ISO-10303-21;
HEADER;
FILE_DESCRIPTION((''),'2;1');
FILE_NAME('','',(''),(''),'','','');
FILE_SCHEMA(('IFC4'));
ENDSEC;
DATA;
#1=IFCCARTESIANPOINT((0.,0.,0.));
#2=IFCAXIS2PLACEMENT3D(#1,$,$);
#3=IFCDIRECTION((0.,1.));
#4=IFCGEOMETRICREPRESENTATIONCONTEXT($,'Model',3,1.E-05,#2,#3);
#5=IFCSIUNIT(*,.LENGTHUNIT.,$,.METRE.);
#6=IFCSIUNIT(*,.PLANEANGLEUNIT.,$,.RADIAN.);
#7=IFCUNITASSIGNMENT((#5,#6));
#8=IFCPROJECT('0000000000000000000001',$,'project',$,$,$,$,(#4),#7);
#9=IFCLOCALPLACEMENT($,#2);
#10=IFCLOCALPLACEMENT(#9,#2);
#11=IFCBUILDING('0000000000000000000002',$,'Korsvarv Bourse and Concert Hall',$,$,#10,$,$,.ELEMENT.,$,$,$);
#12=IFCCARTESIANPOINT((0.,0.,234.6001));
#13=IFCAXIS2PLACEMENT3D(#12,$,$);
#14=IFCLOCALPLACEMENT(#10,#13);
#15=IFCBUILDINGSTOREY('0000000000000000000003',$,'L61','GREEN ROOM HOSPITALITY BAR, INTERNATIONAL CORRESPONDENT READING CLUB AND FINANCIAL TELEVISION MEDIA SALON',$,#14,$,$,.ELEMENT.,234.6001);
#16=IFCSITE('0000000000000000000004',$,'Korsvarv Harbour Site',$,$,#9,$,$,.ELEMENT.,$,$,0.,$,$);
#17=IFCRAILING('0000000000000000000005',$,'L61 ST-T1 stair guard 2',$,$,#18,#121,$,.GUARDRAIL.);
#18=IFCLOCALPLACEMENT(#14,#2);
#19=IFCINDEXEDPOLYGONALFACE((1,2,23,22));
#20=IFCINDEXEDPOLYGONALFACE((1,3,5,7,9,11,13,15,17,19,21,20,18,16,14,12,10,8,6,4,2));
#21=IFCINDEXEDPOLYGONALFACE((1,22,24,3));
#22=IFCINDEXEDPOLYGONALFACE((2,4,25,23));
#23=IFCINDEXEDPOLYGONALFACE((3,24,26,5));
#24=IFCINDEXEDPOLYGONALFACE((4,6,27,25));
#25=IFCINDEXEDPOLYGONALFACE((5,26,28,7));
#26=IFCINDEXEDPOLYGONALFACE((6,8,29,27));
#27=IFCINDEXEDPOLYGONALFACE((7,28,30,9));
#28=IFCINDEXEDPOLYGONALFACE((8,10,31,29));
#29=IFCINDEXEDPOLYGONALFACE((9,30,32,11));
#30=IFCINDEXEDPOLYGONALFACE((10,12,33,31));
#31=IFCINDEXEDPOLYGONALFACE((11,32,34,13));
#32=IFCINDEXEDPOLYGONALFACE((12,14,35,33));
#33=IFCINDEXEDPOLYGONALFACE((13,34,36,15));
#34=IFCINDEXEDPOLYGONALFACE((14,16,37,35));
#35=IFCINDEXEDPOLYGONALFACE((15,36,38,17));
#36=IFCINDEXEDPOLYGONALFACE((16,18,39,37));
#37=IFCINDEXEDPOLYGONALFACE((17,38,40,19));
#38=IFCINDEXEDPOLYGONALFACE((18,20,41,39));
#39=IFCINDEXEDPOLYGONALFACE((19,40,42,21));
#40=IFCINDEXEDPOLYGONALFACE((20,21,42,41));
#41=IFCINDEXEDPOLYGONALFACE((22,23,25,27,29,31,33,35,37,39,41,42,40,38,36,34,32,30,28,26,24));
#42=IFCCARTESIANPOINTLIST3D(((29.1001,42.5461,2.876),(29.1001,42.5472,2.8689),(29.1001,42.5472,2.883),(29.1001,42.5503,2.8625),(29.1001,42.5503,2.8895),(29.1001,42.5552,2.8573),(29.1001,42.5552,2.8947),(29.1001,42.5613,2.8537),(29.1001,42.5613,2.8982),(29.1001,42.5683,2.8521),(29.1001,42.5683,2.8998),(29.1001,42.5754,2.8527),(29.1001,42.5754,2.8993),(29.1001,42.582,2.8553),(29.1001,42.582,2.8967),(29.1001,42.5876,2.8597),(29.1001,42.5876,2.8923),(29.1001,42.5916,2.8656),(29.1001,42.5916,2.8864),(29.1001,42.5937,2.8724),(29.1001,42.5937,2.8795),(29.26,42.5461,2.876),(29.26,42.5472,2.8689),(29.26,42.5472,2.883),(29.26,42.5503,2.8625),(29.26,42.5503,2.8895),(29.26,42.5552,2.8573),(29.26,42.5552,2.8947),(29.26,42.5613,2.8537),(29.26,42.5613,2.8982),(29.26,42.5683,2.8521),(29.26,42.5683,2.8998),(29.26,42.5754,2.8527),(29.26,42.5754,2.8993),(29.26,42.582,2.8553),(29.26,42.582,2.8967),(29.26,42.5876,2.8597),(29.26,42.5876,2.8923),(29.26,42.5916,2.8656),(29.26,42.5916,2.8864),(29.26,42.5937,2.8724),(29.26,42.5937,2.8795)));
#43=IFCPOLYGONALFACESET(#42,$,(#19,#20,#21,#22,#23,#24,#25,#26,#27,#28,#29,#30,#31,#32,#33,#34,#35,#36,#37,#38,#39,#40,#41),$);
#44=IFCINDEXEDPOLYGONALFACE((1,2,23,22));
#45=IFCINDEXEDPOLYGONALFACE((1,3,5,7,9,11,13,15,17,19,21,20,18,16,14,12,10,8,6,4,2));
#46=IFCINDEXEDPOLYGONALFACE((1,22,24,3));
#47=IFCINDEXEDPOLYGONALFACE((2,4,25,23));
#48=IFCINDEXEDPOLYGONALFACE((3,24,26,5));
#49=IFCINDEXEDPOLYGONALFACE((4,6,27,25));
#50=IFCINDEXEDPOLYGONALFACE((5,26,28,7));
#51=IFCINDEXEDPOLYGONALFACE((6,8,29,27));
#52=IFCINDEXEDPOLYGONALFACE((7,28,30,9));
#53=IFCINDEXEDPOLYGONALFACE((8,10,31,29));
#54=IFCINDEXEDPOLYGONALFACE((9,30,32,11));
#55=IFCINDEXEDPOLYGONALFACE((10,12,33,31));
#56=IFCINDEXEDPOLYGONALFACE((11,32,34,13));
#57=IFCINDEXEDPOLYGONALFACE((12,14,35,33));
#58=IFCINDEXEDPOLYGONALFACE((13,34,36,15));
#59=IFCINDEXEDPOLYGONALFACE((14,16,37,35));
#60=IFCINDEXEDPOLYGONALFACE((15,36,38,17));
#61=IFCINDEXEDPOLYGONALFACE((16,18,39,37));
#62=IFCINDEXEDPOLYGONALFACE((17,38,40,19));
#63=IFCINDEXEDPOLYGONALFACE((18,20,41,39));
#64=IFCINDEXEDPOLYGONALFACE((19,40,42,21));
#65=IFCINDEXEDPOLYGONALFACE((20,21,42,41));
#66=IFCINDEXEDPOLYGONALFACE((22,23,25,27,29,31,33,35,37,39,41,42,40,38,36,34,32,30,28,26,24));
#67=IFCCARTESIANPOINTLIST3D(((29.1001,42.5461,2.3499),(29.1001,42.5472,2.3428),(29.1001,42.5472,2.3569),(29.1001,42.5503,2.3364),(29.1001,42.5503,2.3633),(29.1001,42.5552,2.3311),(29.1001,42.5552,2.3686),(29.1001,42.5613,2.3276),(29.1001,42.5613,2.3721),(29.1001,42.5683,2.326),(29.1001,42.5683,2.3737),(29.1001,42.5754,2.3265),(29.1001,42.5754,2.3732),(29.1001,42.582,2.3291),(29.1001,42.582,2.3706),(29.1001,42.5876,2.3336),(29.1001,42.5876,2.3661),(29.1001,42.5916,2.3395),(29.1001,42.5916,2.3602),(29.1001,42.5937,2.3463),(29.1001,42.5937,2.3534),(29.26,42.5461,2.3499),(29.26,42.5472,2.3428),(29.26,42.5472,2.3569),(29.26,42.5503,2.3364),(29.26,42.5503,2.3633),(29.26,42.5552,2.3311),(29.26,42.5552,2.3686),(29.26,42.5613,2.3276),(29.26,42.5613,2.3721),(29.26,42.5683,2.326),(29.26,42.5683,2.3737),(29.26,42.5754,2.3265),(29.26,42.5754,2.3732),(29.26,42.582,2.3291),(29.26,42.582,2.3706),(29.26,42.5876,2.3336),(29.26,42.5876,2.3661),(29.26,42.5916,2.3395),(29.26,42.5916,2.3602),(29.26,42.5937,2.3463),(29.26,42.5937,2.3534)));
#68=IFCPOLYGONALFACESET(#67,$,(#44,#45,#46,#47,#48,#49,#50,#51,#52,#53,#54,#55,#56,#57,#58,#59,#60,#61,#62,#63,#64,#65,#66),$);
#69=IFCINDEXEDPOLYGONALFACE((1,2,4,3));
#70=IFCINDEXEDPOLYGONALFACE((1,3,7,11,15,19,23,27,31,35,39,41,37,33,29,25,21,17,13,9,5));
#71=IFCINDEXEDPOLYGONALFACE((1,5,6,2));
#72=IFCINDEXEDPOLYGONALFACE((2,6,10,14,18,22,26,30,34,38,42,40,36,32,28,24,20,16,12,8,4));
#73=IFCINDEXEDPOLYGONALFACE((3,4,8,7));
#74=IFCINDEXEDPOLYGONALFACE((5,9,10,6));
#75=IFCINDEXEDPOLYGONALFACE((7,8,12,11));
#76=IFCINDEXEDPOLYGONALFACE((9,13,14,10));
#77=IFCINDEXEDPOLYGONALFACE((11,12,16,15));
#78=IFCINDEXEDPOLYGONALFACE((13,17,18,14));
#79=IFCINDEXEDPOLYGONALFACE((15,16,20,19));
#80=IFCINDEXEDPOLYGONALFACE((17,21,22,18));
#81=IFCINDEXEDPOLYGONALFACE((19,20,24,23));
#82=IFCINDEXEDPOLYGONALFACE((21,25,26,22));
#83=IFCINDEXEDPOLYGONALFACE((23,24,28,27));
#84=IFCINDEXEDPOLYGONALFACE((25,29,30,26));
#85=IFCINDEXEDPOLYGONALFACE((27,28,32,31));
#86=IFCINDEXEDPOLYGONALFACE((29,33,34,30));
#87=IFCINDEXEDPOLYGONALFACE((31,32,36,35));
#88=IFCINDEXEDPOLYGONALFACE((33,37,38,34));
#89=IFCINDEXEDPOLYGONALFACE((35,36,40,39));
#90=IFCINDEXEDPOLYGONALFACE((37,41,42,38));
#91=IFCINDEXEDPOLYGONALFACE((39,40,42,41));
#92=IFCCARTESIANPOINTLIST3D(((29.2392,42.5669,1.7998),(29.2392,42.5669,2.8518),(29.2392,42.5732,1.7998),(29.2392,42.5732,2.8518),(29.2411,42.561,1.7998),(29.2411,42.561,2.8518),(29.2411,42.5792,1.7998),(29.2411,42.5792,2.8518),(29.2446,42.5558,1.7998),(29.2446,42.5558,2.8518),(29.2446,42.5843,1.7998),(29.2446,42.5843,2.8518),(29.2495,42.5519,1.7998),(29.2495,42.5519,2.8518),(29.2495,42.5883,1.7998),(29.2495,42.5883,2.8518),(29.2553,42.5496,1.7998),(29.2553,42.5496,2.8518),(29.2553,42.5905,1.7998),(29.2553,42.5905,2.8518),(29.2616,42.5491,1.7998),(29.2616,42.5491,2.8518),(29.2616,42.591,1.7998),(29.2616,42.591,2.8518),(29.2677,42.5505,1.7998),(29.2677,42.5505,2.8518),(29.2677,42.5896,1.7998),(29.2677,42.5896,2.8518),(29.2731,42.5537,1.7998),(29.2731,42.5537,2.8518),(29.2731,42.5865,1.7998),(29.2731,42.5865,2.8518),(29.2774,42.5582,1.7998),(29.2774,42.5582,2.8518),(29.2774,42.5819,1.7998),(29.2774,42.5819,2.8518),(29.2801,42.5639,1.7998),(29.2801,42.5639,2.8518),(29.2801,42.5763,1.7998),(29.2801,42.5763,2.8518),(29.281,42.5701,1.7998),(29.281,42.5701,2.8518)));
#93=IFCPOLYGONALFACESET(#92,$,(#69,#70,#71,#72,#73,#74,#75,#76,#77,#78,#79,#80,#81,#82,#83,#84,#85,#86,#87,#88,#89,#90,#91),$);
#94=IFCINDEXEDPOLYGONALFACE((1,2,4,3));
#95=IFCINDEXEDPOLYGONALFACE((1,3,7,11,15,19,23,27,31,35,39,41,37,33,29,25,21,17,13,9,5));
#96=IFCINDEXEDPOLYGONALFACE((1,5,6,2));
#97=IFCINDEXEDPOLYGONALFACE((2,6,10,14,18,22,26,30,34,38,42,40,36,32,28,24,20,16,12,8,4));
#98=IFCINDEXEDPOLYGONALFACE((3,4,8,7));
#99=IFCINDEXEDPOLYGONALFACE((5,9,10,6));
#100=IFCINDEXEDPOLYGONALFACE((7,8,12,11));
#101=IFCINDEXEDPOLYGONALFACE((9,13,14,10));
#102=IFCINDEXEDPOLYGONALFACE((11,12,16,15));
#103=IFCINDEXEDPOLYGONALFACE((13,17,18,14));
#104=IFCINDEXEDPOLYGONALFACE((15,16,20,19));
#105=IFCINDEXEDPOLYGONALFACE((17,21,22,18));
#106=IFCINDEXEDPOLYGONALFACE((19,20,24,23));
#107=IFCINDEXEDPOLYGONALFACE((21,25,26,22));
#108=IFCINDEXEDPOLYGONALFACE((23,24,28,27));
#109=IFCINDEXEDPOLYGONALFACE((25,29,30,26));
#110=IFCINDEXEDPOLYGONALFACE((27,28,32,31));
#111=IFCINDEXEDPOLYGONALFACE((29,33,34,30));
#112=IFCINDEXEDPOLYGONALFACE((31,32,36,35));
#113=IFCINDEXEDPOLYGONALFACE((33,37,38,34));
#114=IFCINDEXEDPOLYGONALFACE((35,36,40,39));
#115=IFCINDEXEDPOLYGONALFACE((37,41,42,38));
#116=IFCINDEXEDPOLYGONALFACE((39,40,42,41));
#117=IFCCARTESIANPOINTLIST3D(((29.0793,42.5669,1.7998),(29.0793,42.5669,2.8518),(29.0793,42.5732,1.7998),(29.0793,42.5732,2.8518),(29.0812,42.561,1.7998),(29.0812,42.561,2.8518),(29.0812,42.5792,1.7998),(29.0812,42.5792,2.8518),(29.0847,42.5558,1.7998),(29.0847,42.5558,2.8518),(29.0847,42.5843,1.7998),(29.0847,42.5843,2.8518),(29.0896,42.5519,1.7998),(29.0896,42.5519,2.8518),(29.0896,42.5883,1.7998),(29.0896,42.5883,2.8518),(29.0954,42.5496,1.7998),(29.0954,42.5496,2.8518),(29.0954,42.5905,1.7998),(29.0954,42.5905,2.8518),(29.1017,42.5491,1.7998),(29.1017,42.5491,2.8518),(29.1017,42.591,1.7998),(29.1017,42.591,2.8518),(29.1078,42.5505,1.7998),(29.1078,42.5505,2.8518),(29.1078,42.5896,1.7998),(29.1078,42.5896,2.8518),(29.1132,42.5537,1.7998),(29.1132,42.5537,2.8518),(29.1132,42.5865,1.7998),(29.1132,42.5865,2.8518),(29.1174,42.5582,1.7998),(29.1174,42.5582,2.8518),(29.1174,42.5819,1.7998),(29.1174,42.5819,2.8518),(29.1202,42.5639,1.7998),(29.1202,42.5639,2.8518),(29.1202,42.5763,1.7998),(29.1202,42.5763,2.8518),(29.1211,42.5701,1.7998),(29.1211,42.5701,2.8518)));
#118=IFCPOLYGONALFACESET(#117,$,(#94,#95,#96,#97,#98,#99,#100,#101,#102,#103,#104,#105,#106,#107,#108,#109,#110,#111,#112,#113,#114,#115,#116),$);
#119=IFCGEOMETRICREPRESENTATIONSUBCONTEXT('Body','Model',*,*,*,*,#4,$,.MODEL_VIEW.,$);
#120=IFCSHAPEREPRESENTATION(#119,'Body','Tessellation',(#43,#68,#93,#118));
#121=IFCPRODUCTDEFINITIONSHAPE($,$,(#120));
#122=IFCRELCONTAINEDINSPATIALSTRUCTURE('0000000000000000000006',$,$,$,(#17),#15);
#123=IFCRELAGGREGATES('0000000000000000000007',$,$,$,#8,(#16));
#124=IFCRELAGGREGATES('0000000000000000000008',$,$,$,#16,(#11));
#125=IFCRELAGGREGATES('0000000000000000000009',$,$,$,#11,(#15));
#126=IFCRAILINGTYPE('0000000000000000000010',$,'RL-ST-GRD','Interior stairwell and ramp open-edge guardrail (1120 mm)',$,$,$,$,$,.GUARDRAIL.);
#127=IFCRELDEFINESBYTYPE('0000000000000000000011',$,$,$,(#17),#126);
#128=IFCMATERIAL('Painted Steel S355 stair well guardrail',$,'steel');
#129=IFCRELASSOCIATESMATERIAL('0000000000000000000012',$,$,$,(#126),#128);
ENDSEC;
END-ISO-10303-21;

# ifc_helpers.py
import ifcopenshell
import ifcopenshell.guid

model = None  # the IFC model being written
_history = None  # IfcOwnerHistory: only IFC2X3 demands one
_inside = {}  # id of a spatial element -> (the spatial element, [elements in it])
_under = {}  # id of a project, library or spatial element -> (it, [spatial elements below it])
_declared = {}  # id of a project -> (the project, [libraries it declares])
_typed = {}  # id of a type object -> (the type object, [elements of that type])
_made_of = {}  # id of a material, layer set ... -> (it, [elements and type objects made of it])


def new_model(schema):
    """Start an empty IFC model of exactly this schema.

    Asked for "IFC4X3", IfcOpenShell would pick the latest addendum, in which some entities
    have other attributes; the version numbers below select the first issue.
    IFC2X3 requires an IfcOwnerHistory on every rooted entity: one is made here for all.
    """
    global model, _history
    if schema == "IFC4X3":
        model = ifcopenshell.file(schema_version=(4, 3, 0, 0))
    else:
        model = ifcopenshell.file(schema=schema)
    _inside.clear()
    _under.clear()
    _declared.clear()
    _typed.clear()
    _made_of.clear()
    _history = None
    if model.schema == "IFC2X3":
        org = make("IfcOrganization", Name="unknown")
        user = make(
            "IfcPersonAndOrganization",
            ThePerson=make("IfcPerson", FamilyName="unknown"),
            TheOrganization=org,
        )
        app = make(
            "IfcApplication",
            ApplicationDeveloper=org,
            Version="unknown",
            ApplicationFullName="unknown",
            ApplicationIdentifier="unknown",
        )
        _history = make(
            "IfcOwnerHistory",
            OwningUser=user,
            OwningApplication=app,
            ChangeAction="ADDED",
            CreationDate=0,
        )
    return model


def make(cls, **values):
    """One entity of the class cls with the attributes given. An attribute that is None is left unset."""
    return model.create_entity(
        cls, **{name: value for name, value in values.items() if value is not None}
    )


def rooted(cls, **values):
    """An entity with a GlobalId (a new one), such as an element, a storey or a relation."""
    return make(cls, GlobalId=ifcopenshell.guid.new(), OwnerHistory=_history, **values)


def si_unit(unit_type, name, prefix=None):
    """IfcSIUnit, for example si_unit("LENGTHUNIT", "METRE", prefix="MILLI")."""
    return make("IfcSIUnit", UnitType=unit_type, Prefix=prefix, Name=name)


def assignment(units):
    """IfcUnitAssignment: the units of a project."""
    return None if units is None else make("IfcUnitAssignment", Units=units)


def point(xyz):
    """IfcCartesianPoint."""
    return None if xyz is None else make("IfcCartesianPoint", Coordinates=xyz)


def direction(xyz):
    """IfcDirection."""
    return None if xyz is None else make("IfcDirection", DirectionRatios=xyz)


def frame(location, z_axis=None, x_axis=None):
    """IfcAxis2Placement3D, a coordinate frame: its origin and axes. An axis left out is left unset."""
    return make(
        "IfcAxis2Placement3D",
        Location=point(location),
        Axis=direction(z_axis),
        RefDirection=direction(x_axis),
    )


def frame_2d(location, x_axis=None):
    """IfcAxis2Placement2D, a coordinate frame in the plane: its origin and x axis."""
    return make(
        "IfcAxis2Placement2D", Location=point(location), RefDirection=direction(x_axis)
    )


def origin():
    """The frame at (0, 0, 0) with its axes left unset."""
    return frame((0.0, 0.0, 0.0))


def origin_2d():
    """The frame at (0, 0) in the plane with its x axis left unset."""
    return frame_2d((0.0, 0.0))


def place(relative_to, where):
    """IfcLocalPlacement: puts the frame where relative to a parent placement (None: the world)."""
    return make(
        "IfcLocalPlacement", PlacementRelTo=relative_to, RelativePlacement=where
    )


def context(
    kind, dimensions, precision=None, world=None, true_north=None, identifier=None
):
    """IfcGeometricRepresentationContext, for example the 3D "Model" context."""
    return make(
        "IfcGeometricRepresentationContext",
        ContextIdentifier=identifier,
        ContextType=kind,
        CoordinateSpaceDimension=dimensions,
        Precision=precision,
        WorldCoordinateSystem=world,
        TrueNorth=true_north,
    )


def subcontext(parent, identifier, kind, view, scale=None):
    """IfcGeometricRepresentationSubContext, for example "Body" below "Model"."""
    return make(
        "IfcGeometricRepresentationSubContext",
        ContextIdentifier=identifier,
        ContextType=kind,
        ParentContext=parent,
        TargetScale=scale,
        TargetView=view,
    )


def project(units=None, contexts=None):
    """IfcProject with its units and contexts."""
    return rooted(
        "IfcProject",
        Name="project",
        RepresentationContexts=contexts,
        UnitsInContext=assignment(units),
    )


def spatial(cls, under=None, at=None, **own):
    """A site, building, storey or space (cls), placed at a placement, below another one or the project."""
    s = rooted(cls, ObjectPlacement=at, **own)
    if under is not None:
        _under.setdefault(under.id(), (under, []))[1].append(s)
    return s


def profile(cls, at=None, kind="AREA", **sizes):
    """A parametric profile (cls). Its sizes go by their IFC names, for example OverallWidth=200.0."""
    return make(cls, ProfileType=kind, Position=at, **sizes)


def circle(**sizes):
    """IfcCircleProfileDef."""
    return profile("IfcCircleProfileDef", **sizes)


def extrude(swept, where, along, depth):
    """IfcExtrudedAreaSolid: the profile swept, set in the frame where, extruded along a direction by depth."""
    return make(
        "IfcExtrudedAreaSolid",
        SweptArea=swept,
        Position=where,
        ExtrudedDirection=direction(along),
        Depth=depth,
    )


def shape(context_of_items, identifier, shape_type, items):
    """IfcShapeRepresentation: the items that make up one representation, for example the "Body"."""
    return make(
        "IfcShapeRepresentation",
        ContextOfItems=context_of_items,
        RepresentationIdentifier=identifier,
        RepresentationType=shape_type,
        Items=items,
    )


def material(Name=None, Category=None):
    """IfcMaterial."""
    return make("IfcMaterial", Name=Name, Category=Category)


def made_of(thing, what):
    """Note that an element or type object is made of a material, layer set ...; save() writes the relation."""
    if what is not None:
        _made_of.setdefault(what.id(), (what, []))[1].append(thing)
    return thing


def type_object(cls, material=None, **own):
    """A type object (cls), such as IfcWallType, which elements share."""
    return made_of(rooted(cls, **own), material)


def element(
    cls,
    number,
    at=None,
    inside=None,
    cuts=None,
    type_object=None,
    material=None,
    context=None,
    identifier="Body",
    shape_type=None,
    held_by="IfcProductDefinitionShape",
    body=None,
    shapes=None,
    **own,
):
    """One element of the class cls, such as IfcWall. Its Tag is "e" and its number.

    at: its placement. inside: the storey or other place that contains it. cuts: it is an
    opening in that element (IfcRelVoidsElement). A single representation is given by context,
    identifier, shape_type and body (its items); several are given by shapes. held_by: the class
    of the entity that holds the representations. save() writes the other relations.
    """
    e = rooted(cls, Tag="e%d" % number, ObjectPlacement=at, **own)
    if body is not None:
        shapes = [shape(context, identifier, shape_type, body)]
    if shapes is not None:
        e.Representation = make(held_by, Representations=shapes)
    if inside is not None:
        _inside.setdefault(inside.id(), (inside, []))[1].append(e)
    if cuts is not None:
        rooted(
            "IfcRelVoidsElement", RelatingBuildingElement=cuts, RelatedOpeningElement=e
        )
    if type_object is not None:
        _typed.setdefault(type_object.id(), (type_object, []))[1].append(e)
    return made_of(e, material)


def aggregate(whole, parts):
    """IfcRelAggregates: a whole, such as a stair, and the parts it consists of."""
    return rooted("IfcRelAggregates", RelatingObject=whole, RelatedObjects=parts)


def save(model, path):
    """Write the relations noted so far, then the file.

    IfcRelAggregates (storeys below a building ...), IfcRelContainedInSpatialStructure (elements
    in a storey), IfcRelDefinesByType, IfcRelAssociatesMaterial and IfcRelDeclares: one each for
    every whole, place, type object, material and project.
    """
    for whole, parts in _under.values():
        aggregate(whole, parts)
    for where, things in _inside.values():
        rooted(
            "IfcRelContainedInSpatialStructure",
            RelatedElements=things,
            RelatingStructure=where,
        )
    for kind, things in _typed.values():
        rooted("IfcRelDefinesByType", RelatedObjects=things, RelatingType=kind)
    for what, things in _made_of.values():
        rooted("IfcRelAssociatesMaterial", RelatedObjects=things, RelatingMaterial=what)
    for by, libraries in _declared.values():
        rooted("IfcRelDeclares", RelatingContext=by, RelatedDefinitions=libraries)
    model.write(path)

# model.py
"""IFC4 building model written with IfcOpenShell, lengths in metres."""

from ifc_helpers import new_model, si_unit, direction, frame, origin, origin_2d, place, context, subcontext, project, spatial, circle, extrude, material, type_object, element, save


model = new_model("IFC4")

# Units and contexts
model_context = context("Model", 3, precision=1e-05, world=origin(), true_north=direction((0.0, 1.0)))
body_context = subcontext(model_context, "Body", "Model", "MODEL_VIEW")
ifc_project = project(units=[si_unit("LENGTHUNIT", "METRE"), si_unit("PLANEANGLEUNIT", "RADIAN")], contexts=[model_context])

# Site, building, storey
site_placement = place(None, origin())
site = spatial("IfcSite", under=ifc_project, at=site_placement, Name="Korsvarv Harbour Site", CompositionType="ELEMENT", RefElevation=0.0)
building_placement = place(site_placement, origin())
building = spatial("IfcBuilding", under=site, at=building_placement, Name="Korsvarv Bourse and Concert Hall", CompositionType="ELEMENT")
storey_placement = place(building_placement, frame((0.0, 0.0, 234.6001)))
storey = spatial("IfcBuildingStorey", under=building, at=storey_placement, Name="L61", Description="GREEN ROOM HOSPITALITY BAR, INTERNATIONAL CORRESPONDENT READING CLUB AND FINANCIAL TELEVISION MEDIA SALON", CompositionType="ELEMENT", Elevation=234.6001)

# Railing
ifc_material_1 = material(Name="Painted Steel S355 stair well guardrail", Category="steel")
railing_type_1 = type_object("IfcRailingType", Name="RL-ST-GRD", Description="Interior stairwell and ramp open-edge guardrail (1120 mm)", PredefinedType="GUARDRAIL", material=ifc_material_1)
railing_1_placement = place(storey_placement, frame((29.26, 42.5701, 1.7998)))
element("IfcRailing", 1, at=railing_1_placement, inside=storey, type_object=railing_type_1, Name="L61 ST-T1 stair guard 2", PredefinedType="GUARDRAIL", context=body_context, shape_type="SweptSolid", body=[
    extrude(circle(Radius=0.0239, at=origin_2d()), frame((0.0, 0.0, 1.0762), z_axis=(-1.0, 0.0, 0.0), x_axis=(0.0, -1.0, 0.0)), (0.0, 0.0, 1.0), 0.1599),
    extrude(circle(Radius=0.0239, at=origin_2d()), frame((0.0, 0.0, 0.55), z_axis=(-1.0, 0.0, 0.0), x_axis=(0.0, -1.0, 0.0)), (0.0, 0.0, 1.0), 0.1599),
    extrude(circle(Radius=0.021, at=origin_2d()), origin(), (0.0, 0.0, 1.0), 1.052),
    extrude(circle(Radius=0.021, at=origin_2d()), frame((-0.1599, 0.0, 0.0)), (0.0, 0.0, 1.0), 1.052),
])

save(model, "model.ifc")
